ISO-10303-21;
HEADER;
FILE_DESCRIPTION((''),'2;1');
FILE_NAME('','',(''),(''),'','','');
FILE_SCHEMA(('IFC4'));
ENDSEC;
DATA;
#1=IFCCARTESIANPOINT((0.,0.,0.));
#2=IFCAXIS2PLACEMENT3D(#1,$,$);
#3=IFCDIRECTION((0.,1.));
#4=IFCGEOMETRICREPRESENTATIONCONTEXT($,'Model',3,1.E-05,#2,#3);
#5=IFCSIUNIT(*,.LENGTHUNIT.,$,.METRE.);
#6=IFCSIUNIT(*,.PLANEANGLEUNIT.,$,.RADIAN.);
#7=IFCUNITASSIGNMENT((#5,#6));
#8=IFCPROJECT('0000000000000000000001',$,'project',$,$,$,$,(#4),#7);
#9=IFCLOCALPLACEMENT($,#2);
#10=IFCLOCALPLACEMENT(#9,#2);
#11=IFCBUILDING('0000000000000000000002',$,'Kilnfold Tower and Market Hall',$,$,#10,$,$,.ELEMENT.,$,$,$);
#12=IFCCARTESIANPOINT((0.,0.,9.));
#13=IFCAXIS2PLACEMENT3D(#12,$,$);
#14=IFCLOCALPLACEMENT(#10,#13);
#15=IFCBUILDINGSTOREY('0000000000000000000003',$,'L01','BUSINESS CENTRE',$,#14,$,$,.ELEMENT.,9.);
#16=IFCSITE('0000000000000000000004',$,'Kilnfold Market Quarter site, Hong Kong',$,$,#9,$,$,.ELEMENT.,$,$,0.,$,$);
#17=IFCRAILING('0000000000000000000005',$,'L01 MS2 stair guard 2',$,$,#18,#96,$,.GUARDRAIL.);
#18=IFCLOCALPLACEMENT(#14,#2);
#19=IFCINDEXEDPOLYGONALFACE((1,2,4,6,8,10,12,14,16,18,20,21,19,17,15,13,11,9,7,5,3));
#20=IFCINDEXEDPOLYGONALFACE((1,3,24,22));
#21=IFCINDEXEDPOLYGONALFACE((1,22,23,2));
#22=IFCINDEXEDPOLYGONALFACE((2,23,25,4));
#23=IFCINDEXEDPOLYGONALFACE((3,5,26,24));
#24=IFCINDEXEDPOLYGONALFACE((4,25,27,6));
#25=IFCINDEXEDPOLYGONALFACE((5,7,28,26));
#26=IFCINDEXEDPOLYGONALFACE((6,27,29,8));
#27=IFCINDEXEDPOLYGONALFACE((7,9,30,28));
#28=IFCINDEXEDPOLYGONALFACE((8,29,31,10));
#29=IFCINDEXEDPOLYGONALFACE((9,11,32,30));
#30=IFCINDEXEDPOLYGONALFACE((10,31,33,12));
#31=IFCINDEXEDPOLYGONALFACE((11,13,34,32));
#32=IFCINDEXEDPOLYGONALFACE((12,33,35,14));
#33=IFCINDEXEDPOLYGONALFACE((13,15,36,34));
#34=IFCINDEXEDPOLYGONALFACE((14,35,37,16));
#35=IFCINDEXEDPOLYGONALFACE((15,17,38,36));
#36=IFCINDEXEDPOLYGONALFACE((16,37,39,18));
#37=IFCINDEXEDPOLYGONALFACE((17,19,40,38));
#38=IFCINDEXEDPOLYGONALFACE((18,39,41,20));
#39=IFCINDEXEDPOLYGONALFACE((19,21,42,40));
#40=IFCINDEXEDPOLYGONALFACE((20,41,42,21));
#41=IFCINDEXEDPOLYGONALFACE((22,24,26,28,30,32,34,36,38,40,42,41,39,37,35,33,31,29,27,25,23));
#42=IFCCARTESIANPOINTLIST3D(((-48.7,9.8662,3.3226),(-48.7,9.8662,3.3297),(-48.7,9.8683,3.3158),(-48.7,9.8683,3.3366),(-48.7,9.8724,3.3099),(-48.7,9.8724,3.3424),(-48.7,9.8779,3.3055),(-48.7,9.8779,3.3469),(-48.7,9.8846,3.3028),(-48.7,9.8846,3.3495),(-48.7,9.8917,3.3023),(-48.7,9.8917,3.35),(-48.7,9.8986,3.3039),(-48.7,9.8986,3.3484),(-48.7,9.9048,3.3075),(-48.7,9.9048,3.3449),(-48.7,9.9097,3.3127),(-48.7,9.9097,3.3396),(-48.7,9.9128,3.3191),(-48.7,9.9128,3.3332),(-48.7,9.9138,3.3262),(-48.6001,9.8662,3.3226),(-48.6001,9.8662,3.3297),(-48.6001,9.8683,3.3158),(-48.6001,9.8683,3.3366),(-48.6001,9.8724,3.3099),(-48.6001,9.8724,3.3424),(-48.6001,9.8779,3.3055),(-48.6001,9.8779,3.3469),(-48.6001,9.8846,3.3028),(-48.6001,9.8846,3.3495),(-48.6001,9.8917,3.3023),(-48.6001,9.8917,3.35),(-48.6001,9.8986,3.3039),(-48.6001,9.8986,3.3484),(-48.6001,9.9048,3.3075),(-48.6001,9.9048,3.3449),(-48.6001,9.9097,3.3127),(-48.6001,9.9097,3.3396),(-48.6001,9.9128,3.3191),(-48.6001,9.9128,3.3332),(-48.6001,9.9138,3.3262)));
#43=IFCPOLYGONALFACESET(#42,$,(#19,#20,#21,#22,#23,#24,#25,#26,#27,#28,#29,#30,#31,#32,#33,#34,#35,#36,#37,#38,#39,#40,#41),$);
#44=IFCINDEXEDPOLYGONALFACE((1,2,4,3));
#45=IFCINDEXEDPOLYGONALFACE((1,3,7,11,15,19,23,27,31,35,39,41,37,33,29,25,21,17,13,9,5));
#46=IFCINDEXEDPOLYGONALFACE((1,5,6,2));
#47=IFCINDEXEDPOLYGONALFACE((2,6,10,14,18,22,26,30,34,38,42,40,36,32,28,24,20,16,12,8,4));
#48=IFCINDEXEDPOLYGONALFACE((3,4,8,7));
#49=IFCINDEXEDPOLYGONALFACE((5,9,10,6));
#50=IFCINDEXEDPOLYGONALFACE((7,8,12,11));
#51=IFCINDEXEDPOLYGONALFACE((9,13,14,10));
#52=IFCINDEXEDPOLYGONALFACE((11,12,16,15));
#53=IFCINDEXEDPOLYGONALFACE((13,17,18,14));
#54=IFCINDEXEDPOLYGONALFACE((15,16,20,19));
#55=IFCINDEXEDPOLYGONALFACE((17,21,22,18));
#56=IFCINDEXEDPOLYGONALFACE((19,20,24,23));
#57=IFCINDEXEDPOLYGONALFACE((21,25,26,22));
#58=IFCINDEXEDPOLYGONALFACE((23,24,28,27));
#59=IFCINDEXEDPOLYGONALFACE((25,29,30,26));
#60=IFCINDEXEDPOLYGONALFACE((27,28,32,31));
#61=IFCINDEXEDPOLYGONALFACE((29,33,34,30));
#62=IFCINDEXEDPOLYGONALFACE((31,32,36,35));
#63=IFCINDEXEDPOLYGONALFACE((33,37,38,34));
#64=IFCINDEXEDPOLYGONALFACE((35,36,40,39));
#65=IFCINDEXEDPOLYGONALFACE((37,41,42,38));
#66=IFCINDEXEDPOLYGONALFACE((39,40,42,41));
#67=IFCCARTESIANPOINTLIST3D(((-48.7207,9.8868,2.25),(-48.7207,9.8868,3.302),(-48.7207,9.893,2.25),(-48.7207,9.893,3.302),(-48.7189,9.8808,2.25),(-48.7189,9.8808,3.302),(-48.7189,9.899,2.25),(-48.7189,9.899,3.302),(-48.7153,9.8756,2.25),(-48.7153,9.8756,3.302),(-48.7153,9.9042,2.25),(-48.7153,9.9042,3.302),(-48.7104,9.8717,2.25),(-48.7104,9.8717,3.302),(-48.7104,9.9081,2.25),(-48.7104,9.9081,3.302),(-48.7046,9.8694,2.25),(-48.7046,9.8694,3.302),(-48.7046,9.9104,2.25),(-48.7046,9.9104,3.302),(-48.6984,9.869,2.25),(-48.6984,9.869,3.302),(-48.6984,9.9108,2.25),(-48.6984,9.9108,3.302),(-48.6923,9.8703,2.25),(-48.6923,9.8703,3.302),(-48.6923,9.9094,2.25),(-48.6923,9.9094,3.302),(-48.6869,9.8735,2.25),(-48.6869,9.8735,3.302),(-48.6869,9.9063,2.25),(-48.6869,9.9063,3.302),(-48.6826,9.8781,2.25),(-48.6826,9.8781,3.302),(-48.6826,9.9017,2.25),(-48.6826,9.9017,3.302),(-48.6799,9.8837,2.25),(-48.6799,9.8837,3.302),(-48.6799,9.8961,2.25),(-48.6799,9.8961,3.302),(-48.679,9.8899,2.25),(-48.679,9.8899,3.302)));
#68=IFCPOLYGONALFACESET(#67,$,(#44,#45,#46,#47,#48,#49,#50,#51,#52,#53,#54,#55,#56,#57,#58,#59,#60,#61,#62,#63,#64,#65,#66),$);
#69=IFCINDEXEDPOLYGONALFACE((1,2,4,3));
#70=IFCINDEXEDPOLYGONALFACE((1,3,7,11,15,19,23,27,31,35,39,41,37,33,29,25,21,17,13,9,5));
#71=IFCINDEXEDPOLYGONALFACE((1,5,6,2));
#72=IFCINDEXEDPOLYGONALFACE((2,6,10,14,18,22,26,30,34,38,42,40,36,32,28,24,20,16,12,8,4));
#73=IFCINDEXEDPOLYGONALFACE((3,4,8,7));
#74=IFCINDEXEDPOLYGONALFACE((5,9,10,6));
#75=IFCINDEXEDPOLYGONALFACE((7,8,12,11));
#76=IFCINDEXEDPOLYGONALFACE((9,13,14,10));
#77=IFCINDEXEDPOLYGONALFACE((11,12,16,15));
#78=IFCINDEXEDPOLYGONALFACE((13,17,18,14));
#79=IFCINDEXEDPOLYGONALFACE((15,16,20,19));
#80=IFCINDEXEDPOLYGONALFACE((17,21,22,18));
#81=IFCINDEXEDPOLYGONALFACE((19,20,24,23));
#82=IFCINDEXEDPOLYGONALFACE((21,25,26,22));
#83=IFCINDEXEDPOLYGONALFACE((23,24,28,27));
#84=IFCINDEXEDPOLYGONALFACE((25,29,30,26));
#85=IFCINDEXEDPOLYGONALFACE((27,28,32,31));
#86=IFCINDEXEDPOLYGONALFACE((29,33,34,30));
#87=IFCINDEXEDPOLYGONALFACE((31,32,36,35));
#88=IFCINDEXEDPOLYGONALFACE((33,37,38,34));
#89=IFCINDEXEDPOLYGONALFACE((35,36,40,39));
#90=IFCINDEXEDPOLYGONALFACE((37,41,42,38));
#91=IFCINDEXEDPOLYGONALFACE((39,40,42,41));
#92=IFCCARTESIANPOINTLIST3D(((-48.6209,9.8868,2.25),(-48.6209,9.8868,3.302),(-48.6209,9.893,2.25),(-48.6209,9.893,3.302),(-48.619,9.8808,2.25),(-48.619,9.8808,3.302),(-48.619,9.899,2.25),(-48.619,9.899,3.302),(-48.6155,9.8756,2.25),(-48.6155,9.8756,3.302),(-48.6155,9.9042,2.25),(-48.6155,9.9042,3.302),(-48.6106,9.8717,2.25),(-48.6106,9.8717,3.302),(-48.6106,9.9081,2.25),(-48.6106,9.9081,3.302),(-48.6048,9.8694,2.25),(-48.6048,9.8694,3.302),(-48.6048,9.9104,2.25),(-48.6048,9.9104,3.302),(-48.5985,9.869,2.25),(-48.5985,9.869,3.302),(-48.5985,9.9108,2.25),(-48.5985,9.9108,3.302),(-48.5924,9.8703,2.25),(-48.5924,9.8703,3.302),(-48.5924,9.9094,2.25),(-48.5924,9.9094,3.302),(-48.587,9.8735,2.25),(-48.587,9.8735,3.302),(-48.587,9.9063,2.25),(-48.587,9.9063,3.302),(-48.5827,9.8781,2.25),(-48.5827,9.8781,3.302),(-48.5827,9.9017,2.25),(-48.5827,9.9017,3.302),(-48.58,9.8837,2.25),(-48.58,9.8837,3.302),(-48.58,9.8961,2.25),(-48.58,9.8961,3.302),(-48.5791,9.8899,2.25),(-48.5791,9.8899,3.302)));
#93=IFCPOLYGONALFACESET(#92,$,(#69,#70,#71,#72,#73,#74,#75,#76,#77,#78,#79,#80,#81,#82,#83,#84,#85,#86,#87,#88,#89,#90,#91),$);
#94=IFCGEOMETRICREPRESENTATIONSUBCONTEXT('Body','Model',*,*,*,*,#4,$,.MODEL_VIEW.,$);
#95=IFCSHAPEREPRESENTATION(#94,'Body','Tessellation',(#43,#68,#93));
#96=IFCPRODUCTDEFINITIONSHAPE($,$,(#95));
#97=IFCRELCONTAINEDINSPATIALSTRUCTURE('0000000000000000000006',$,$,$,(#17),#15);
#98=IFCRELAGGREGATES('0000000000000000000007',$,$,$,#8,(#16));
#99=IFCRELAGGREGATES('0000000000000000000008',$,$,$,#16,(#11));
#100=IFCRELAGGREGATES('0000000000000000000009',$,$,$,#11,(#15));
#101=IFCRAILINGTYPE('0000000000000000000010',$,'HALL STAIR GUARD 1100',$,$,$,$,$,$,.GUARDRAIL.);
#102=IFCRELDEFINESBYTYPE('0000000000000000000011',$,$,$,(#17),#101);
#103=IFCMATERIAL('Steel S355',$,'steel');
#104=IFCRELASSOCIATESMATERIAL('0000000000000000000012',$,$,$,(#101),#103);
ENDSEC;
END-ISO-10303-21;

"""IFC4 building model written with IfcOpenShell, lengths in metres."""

from ifc_helpers import new_model, si_unit, direction, frame, origin, origin_2d, place, context, subcontext, project, spatial, circle, extrude, material, type_object, element, save


model = new_model("IFC4")

# Units and contexts
model_context = context("Model", 3, precision=1e-05, world=origin(), true_north=direction((0.0, 1.0)))
body_context = subcontext(model_context, "Body", "Model", "MODEL_VIEW")
ifc_project = project(units=[si_unit("LENGTHUNIT", "METRE"), si_unit("PLANEANGLEUNIT", "RADIAN")], contexts=[model_context])

# Site, building, storey
site_placement = place(None, origin())
site = spatial("IfcSite", under=ifc_project, at=site_placement, Name="Kilnfold Market Quarter site, Hong Kong", CompositionType="ELEMENT", RefElevation=0.0)
building_placement = place(site_placement, origin())
building = spatial("IfcBuilding", under=site, at=building_placement, Name="Kilnfold Tower and Market Hall", CompositionType="ELEMENT")
storey_placement = place(building_placement, frame((0.0, 0.0, 9.0)))
storey = spatial("IfcBuildingStorey", under=building, at=storey_placement, Name="L01", Description="BUSINESS CENTRE", CompositionType="ELEMENT", Elevation=9.0)

# Railing
ifc_material_1 = material(Name="Steel S355", Category="steel")
railing_type_1 = type_object("IfcRailingType", Name="HALL STAIR GUARD 1100", PredefinedType="GUARDRAIL", material=ifc_material_1)
railing_1_placement = place(storey_placement, frame((-48.7, 9.8899, 2.25)))
element("IfcRailing", 1, at=railing_1_placement, inside=storey, type_object=railing_type_1, Name="L01 MS2 stair guard 2", PredefinedType="GUARDRAIL", context=body_context, shape_type="SweptSolid", body=[
    extrude(circle(Radius=0.0239, at=origin_2d()), frame((0.0, 0.0, 1.0762), z_axis=(1.0, 0.0, 0.0), x_axis=(0.0, 1.0, 0.0)), (0.0, 0.0, 1.0), 0.0999),
    extrude(circle(Radius=0.021, at=origin_2d()), origin(), (0.0, 0.0, 1.0), 1.052),
    extrude(circle(Radius=0.021, at=origin_2d()), frame((0.0999, 0.0, 0.0)), (0.0, 0.0, 1.0), 1.052),
])

save(model, "model.ifc")
